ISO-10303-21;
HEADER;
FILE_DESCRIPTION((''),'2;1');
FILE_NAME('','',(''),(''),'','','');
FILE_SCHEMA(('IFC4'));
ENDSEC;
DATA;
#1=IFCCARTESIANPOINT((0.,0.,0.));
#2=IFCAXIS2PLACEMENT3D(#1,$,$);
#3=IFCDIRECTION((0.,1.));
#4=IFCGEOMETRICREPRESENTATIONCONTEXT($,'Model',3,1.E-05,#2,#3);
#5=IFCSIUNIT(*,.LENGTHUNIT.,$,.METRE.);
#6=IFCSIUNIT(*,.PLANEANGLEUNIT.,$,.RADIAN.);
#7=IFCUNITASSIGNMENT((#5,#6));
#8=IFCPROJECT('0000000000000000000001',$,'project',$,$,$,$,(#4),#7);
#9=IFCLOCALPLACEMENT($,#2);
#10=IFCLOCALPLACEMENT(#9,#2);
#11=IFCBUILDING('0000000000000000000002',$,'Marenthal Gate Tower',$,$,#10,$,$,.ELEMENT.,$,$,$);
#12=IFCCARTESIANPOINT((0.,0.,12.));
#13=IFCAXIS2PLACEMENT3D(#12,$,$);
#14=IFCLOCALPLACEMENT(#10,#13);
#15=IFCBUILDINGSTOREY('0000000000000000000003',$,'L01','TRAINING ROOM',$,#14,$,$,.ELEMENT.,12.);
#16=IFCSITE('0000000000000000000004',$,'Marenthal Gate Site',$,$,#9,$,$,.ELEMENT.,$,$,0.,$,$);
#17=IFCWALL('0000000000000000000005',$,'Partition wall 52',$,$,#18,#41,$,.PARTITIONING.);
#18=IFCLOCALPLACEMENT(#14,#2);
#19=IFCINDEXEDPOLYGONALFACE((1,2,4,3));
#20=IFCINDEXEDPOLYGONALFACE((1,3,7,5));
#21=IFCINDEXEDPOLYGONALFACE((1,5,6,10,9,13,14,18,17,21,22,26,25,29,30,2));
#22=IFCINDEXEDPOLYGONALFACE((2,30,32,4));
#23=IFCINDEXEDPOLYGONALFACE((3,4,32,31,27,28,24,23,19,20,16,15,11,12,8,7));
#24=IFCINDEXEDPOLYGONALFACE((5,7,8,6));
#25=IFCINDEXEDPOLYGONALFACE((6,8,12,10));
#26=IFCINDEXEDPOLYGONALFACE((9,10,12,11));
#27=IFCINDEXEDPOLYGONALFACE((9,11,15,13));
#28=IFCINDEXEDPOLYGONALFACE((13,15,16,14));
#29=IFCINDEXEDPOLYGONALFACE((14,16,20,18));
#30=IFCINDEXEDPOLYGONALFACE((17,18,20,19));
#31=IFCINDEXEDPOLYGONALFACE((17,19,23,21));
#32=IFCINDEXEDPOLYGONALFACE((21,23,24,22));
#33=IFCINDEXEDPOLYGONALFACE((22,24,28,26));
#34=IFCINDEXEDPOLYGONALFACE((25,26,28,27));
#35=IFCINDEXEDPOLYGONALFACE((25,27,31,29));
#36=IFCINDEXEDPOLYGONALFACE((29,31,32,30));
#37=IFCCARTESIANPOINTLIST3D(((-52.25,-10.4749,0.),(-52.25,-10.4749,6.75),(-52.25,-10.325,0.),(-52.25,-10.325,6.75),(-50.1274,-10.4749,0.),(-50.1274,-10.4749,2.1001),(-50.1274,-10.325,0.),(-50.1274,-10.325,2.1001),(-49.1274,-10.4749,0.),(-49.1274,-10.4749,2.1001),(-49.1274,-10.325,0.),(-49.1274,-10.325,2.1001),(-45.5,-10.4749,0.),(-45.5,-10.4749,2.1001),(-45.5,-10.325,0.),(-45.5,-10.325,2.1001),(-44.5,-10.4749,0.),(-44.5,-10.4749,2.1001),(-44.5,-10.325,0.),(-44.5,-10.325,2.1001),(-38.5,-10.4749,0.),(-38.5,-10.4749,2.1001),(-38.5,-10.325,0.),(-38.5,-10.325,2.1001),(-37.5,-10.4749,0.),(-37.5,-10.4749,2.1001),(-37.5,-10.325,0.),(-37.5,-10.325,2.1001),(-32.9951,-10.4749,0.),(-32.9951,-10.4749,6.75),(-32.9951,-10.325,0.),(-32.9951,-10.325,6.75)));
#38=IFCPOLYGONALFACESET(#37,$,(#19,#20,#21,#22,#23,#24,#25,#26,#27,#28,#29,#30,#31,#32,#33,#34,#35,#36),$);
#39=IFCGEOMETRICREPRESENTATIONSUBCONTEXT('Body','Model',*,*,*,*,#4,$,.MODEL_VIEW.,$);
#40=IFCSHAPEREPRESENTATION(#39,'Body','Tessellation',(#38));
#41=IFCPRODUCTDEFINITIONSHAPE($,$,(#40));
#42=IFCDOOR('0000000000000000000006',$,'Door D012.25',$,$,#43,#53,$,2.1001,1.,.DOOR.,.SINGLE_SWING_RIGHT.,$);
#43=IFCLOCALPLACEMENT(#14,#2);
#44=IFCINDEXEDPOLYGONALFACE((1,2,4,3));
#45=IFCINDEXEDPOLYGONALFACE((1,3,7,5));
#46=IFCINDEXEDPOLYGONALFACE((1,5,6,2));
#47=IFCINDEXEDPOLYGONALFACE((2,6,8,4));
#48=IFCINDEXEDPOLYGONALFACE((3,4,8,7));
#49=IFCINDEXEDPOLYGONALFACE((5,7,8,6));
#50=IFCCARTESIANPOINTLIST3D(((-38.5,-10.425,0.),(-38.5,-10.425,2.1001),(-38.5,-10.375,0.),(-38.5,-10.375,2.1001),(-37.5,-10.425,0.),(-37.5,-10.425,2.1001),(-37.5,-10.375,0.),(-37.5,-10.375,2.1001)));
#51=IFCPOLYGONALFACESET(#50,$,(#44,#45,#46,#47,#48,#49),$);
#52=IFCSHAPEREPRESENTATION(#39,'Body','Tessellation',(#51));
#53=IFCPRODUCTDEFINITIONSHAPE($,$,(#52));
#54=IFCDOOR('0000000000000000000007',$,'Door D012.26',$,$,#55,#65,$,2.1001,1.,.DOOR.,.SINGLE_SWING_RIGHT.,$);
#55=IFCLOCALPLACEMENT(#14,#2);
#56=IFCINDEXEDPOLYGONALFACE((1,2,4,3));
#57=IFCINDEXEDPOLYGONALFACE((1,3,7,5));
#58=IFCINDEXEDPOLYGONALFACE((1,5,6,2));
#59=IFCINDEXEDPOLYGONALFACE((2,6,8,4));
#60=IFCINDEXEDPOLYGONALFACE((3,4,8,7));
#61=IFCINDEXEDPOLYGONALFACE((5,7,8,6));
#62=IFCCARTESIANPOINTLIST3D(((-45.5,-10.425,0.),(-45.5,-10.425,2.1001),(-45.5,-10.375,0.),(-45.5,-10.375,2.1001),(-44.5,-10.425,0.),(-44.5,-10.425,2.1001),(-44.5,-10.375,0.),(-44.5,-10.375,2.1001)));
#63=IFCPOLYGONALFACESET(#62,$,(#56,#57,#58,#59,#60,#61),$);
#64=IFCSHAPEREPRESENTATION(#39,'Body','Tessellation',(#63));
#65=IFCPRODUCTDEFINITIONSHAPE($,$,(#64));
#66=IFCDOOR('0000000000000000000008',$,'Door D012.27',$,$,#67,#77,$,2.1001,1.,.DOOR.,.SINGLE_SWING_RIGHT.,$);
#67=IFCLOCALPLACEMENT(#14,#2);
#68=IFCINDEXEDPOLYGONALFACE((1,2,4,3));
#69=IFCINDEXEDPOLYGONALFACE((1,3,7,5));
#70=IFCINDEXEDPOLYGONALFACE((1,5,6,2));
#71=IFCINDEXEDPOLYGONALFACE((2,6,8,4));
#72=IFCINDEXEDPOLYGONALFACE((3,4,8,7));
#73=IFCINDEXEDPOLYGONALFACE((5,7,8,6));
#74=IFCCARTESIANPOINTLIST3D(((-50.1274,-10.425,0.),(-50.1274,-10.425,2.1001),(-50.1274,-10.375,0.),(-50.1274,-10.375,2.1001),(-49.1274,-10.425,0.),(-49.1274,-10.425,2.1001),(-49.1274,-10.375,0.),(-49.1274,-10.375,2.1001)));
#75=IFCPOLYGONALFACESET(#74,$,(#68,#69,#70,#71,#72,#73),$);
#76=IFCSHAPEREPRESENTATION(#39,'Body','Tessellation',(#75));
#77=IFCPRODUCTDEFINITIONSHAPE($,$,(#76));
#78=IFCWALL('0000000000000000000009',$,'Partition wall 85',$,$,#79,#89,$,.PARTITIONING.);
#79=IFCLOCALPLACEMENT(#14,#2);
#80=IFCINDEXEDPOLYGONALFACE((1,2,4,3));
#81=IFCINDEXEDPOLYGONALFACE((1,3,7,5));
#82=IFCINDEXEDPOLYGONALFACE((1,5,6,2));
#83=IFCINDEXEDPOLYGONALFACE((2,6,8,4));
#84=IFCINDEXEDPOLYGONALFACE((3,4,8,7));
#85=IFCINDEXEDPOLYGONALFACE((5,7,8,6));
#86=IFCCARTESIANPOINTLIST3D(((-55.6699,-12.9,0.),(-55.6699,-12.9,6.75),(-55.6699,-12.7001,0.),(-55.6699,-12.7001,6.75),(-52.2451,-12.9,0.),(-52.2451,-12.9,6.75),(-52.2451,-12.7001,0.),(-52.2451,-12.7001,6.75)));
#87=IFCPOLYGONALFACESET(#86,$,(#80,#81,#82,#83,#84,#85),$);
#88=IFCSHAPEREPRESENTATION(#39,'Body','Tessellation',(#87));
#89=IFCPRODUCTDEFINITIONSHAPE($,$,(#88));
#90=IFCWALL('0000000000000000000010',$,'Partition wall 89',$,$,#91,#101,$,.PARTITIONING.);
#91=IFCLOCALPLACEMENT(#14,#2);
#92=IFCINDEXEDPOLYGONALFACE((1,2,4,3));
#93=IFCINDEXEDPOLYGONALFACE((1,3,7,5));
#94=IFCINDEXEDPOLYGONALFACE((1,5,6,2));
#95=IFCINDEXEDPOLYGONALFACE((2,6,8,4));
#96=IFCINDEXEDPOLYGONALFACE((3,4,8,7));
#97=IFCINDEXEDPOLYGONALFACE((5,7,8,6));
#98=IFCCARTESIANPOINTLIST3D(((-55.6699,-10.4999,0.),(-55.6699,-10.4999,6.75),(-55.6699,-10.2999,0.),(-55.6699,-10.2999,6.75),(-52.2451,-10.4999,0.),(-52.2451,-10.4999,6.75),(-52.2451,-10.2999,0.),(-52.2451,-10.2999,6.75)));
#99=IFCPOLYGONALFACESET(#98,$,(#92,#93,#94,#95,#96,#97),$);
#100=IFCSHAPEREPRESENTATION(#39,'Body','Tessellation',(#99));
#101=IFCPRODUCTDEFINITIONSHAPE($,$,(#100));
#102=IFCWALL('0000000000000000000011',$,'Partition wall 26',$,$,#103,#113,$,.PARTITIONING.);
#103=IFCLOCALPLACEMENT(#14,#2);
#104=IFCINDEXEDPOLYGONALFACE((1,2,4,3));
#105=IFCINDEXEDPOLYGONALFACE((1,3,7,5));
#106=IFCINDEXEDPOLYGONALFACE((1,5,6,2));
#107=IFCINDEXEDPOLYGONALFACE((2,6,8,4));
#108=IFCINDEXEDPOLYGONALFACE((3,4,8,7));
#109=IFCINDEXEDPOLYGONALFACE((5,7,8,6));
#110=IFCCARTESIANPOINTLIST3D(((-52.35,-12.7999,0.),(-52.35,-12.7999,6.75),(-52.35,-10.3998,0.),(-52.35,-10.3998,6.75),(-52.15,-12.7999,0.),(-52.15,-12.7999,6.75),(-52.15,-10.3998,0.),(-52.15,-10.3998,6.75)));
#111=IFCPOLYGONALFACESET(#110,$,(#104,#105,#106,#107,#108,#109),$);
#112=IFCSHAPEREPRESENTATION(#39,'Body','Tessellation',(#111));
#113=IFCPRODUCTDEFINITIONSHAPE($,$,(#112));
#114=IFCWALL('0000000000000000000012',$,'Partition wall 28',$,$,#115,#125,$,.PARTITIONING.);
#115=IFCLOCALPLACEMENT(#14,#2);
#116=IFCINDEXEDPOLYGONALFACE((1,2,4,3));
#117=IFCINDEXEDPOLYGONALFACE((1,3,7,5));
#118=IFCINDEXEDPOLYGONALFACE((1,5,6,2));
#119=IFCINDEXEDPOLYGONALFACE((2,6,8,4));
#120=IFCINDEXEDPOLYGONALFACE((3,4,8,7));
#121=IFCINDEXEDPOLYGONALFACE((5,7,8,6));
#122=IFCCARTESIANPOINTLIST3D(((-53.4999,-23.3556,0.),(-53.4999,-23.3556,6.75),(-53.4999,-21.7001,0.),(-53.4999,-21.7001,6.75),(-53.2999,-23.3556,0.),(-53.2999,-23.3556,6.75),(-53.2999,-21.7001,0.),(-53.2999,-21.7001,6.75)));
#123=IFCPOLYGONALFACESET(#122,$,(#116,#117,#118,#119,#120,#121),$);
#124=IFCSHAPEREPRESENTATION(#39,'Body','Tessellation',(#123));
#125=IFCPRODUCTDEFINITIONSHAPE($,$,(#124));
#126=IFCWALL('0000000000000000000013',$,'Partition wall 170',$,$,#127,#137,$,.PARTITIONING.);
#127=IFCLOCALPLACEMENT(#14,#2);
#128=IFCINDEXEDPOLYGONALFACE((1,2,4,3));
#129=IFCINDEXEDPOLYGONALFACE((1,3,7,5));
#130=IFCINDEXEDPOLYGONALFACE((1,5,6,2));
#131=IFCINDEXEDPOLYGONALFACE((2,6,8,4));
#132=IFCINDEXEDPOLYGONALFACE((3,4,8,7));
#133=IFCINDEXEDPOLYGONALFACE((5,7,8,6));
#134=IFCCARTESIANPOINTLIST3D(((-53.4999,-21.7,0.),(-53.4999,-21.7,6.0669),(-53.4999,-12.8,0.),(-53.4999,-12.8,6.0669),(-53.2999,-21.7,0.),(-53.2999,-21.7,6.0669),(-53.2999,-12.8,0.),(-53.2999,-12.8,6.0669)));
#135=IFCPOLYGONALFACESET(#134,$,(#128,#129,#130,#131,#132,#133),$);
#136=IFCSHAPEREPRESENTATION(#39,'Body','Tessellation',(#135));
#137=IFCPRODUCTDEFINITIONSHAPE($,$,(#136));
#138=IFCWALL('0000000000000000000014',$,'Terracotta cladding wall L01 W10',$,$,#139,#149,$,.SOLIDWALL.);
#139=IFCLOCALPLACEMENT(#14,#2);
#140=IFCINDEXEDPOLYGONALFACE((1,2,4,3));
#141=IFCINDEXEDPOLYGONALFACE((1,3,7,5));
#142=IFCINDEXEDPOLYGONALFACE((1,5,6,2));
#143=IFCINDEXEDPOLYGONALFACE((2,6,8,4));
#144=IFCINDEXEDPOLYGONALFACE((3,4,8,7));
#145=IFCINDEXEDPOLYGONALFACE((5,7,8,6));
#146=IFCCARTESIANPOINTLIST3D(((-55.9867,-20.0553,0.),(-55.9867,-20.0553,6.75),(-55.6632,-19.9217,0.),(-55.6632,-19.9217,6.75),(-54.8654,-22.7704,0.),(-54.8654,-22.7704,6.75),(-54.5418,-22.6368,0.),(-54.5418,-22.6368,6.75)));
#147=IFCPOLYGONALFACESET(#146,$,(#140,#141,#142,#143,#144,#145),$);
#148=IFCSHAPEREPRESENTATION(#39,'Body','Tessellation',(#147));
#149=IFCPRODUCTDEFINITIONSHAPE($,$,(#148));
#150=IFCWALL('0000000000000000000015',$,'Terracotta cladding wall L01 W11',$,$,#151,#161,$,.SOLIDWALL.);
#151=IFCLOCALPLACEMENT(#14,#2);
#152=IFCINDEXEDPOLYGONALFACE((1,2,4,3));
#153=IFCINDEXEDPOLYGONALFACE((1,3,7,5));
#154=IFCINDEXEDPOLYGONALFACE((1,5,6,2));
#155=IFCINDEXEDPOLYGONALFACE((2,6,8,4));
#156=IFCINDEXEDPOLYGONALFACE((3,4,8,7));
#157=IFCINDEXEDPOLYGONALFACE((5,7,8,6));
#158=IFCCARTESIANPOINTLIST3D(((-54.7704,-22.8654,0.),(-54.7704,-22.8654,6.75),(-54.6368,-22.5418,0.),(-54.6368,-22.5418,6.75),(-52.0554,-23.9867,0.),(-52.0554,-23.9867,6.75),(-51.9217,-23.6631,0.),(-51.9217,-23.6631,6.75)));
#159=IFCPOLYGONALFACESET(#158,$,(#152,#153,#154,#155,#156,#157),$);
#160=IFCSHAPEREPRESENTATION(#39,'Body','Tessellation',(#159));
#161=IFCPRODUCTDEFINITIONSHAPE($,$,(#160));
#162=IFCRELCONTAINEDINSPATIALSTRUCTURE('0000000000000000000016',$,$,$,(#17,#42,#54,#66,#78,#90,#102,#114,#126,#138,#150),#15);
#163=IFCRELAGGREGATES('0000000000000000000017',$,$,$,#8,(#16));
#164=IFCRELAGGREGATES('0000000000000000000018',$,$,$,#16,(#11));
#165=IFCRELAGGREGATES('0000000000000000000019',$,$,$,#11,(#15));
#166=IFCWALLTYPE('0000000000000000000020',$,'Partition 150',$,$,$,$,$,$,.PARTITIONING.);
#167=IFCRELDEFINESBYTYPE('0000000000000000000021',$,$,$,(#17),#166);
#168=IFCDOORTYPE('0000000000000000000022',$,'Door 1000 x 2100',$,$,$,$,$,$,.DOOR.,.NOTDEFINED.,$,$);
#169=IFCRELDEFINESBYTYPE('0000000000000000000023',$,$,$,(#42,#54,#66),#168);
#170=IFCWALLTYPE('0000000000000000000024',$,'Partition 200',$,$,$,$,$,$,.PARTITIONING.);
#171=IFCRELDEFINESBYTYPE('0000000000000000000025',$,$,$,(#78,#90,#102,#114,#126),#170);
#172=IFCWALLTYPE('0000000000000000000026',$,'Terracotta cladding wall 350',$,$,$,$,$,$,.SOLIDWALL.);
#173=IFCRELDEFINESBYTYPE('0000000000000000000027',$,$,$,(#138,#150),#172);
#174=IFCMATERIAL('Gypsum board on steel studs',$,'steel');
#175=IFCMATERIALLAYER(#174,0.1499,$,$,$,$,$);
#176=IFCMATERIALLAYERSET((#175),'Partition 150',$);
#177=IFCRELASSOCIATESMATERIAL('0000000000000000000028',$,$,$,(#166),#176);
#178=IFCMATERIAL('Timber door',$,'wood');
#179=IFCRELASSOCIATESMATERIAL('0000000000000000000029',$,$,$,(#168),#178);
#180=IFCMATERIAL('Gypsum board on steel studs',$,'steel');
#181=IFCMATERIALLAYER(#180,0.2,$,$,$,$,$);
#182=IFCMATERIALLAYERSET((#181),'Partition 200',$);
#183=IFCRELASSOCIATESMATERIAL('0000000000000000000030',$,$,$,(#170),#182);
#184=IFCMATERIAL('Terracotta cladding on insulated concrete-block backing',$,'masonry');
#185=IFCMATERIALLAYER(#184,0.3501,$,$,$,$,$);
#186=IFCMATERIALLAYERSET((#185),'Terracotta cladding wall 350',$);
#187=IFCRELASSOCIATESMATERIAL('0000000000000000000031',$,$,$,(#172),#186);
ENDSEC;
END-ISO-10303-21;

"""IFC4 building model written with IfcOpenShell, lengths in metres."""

from ifc_helpers import new_model, si_unit, direction, frame, frame_2d, origin, place, context, subcontext, project, spatial, rectangle, extrude, material, layer, layer_set, type_object, element, fill, save


model = new_model("IFC4")

# Units and contexts
model_context = context("Model", 3, precision=1e-05, world=origin(), true_north=direction((0.0, 1.0)))
body_context = subcontext(model_context, "Body", "Model", "MODEL_VIEW")
ifc_project = project(units=[si_unit("LENGTHUNIT", "METRE"), si_unit("PLANEANGLEUNIT", "RADIAN")], contexts=[model_context])

# Site, building, storey
site_placement = place(None, origin())
site = spatial("IfcSite", under=ifc_project, at=site_placement, Name="Marenthal Gate Site", CompositionType="ELEMENT", RefElevation=0.0)
building_placement = place(site_placement, origin())
building = spatial("IfcBuilding", under=site, at=building_placement, Name="Marenthal Gate Tower", CompositionType="ELEMENT")
storey_placement = place(building_placement, frame((0.0, 0.0, 12.0)))
storey = spatial("IfcBuildingStorey", under=building, at=storey_placement, Name="L01", Description="TRAINING ROOM", CompositionType="ELEMENT", Elevation=12.0)

# Shared definitions
ifc_material_1 = material(Name="Gypsum board on steel studs", Category="steel")
ifc_layer_1 = layer(ifc_material_1, 0.1499)
ifc_layer_set_1 = layer_set([ifc_layer_1], Name="Partition 150")
wall_type_1 = type_object("IfcWallType", Name="Partition 150", PredefinedType="PARTITIONING", material=ifc_layer_set_1)
ifc_material_2 = material(Name="Timber door", Category="wood")
door_type = type_object("IfcDoorType", Name="Door 1000 x 2100", OperationType="NOTDEFINED", PredefinedType="DOOR", material=ifc_material_2)

# Wall, openings, doors
wall_1_placement = place(storey_placement, frame((-52.25, -10.3999, 0.0), z_axis=(0.0, 0.0, 1.0), x_axis=(1.0, 0.0, 0.0)))
wall_1 = element("IfcWall", 1, at=wall_1_placement, inside=storey, type_object=wall_type_1, Name="Partition wall 52", PredefinedType="PARTITIONING", context=body_context, shape_type="SweptSolid", body=[
    extrude(rectangle(XDim=19.2549, YDim=0.1499, at=frame_2d((9.6274, 0.0))), origin(), (0.0, 0.0, 1.0), 6.75),
])
opening_1_placement = place(wall_1_placement, frame((13.75, 0.0, 0.0)))
opening_1 = element("IfcOpeningElement", 2, at=opening_1_placement, cuts=wall_1, PredefinedType="OPENING", context=body_context, shape_type="SweptSolid", body=[
    extrude(rectangle(XDim=1.0, YDim=2.1001, at=frame_2d((0.5, 1.05))), frame((0.0, 0.085, 0.0), z_axis=(0.0, -1.0, 0.0), x_axis=(1.0, 0.0, 0.0)), (0.0, 0.0, 1.0), 0.1699),
])
opening_2_placement = place(wall_1_placement, frame((6.75, 0.0, 0.0)))
opening_2 = element("IfcOpeningElement", 3, at=opening_2_placement, cuts=wall_1, PredefinedType="OPENING", context=body_context, shape_type="SweptSolid", body=[
    extrude(rectangle(XDim=1.0, YDim=2.1001, at=frame_2d((0.5, 1.05))), frame((0.0, 0.085, 0.0), z_axis=(0.0, -1.0, 0.0), x_axis=(1.0, 0.0, 0.0)), (0.0, 0.0, 1.0), 0.1699),
])
opening_3_placement = place(wall_1_placement, frame((2.1226, 0.0, 0.0)))
opening_3 = element("IfcOpeningElement", 4, at=opening_3_placement, cuts=wall_1, PredefinedType="OPENING", context=body_context, shape_type="SweptSolid", body=[
    extrude(rectangle(XDim=1.0, YDim=2.1001, at=frame_2d((0.5, 1.05))), frame((0.0, 0.085, 0.0), z_axis=(0.0, -1.0, 0.0), x_axis=(1.0, 0.0, 0.0)), (0.0, 0.0, 1.0), 0.1699),
])
door_1_placement = place(opening_1_placement, origin())
door_1 = element("IfcDoor", 5, at=door_1_placement, inside=storey, type_object=door_type, Name="Door D012.25", OperationType="SINGLE_SWING_RIGHT", OverallHeight=2.1001, OverallWidth=1.0, PredefinedType="DOOR", context=body_context, shape_type="SweptSolid", body=[
    extrude(rectangle(XDim=1.0, YDim=2.1001, at=frame_2d((0.5, 1.05))), frame((0.0, 0.0249, 0.0), z_axis=(0.0, -1.0, 0.0), x_axis=(1.0, 0.0, 0.0)), (0.0, 0.0, 1.0), 0.05),
])
fill(opening_1, door_1)
door_2_placement = place(opening_2_placement, origin())
door_2 = element("IfcDoor", 6, at=door_2_placement, inside=storey, type_object=door_type, Name="Door D012.26", OperationType="SINGLE_SWING_RIGHT", OverallHeight=2.1001, OverallWidth=1.0, PredefinedType="DOOR", context=body_context, shape_type="SweptSolid", body=[
    extrude(rectangle(XDim=1.0, YDim=2.1001, at=frame_2d((0.5, 1.05))), frame((0.0, 0.0249, 0.0), z_axis=(0.0, -1.0, 0.0), x_axis=(1.0, 0.0, 0.0)), (0.0, 0.0, 1.0), 0.05),
])
fill(opening_2, door_2)
door_3_placement = place(opening_3_placement, origin())
door_3 = element("IfcDoor", 7, at=door_3_placement, inside=storey, type_object=door_type, Name="Door D012.27", OperationType="SINGLE_SWING_RIGHT", OverallHeight=2.1001, OverallWidth=1.0, PredefinedType="DOOR", context=body_context, shape_type="SweptSolid", body=[
    extrude(rectangle(XDim=1.0, YDim=2.1001, at=frame_2d((0.5, 1.05))), frame((0.0, 0.0249, 0.0), z_axis=(0.0, -1.0, 0.0), x_axis=(1.0, 0.0, 0.0)), (0.0, 0.0, 1.0), 0.05),
])
fill(opening_3, door_3)

# Walls
ifc_material_3 = material(Name="Gypsum board on steel studs", Category="steel")
ifc_layer_2 = layer(ifc_material_3, 0.2)
ifc_layer_set_2 = layer_set([ifc_layer_2], Name="Partition 200")
wall_type_2 = type_object("IfcWallType", Name="Partition 200", PredefinedType="PARTITIONING", material=ifc_layer_set_2)
for number, where, z_axis, x_axis, name in (
    (8, (-55.6699, -12.8, 0.0), (0.0, 0.0, 1.0), (1.0, 0.0, 0.0), "Partition wall 85"),
    (9, (-55.6699, -10.3999, 0.0), (0.0, 0.0, 1.0), (1.0, 0.0, 0.0), "Partition wall 89"),
):
    element("IfcWall", number, at=place(storey_placement, frame(where, z_axis=z_axis, x_axis=x_axis)), inside=storey, type_object=wall_type_2, Name=name, PredefinedType="PARTITIONING", context=body_context, shape_type="SweptSolid", body=[
        extrude(rectangle(XDim=3.4248, YDim=0.2, at=frame_2d((1.7124, 0.0))), origin(), (0.0, 0.0, 1.0), 6.75),
    ])
wall_2_placement = place(storey_placement, frame((-52.25, -12.8, 0.0), z_axis=(0.0, 0.0, 1.0), x_axis=(0.0, 1.0, 0.0)))
element("IfcWall", 10, at=wall_2_placement, inside=storey, type_object=wall_type_2, Name="Partition wall 26", PredefinedType="PARTITIONING", context=body_context, shape_type="SweptSolid", body=[
    extrude(rectangle(XDim=2.4001, YDim=0.2, at=frame_2d((1.2002, 0.0))), origin(), (0.0, 0.0, 1.0), 6.75),
])
wall_3_placement = place(storey_placement, frame((-53.3999, -23.3555, 0.0), z_axis=(0.0, 0.0, 1.0), x_axis=(0.0, 1.0, 0.0)))
element("IfcWall", 11, at=wall_3_placement, inside=storey, type_object=wall_type_2, Name="Partition wall 28", PredefinedType="PARTITIONING", context=body_context, shape_type="SweptSolid", body=[
    extrude(rectangle(XDim=1.6555, YDim=0.2, at=frame_2d((0.8276, 0.0))), origin(), (0.0, 0.0, 1.0), 6.75),
])
wall_4_placement = place(storey_placement, frame((-53.3999, -21.7, 0.0), z_axis=(0.0, 0.0, 1.0), x_axis=(0.0, 1.0, 0.0)))
element("IfcWall", 12, at=wall_4_placement, inside=storey, type_object=wall_type_2, Name="Partition wall 170", PredefinedType="PARTITIONING", context=body_context, shape_type="SweptSolid", body=[
    extrude(rectangle(XDim=8.8999, YDim=0.2, at=frame_2d((4.45, 0.0))), origin(), (0.0, 0.0, 1.0), 6.0669),
])
ifc_material_4 = material(Name="Terracotta cladding on insulated concrete-block backing", Category="masonry")
ifc_layer_3 = layer(ifc_material_4, 0.3501)
ifc_layer_set_3 = layer_set([ifc_layer_3], Name="Terracotta cladding wall 350")
wall_type_3 = type_object("IfcWallType", Name="Terracotta cladding wall 350", PredefinedType="SOLIDWALL", material=ifc_layer_set_3)
for number, where, z_axis, x_axis, name in (
    (13, (-55.825, -19.9885, 0.0), (0.0, 0.0, 1.0), (0.381728, -0.924275, 0.0), "Terracotta cladding wall L01 W10"),
    (14, (-54.7036, -22.7036, 0.0), (0.0, 0.0, 1.0), (0.924275, -0.381728, 0.0), "Terracotta cladding wall L01 W11"),
):
    element("IfcWall", number, at=place(storey_placement, frame(where, z_axis=z_axis, x_axis=x_axis)), inside=storey, type_object=wall_type_3, Name=name, PredefinedType="SOLIDWALL", context=body_context, shape_type="SweptSolid", body=[
        extrude(rectangle(XDim=2.9375, YDim=0.3501, at=frame_2d((1.4688, 0.0))), origin(), (0.0, 0.0, 1.0), 6.75),
    ])

save(model, "model.ifc")
